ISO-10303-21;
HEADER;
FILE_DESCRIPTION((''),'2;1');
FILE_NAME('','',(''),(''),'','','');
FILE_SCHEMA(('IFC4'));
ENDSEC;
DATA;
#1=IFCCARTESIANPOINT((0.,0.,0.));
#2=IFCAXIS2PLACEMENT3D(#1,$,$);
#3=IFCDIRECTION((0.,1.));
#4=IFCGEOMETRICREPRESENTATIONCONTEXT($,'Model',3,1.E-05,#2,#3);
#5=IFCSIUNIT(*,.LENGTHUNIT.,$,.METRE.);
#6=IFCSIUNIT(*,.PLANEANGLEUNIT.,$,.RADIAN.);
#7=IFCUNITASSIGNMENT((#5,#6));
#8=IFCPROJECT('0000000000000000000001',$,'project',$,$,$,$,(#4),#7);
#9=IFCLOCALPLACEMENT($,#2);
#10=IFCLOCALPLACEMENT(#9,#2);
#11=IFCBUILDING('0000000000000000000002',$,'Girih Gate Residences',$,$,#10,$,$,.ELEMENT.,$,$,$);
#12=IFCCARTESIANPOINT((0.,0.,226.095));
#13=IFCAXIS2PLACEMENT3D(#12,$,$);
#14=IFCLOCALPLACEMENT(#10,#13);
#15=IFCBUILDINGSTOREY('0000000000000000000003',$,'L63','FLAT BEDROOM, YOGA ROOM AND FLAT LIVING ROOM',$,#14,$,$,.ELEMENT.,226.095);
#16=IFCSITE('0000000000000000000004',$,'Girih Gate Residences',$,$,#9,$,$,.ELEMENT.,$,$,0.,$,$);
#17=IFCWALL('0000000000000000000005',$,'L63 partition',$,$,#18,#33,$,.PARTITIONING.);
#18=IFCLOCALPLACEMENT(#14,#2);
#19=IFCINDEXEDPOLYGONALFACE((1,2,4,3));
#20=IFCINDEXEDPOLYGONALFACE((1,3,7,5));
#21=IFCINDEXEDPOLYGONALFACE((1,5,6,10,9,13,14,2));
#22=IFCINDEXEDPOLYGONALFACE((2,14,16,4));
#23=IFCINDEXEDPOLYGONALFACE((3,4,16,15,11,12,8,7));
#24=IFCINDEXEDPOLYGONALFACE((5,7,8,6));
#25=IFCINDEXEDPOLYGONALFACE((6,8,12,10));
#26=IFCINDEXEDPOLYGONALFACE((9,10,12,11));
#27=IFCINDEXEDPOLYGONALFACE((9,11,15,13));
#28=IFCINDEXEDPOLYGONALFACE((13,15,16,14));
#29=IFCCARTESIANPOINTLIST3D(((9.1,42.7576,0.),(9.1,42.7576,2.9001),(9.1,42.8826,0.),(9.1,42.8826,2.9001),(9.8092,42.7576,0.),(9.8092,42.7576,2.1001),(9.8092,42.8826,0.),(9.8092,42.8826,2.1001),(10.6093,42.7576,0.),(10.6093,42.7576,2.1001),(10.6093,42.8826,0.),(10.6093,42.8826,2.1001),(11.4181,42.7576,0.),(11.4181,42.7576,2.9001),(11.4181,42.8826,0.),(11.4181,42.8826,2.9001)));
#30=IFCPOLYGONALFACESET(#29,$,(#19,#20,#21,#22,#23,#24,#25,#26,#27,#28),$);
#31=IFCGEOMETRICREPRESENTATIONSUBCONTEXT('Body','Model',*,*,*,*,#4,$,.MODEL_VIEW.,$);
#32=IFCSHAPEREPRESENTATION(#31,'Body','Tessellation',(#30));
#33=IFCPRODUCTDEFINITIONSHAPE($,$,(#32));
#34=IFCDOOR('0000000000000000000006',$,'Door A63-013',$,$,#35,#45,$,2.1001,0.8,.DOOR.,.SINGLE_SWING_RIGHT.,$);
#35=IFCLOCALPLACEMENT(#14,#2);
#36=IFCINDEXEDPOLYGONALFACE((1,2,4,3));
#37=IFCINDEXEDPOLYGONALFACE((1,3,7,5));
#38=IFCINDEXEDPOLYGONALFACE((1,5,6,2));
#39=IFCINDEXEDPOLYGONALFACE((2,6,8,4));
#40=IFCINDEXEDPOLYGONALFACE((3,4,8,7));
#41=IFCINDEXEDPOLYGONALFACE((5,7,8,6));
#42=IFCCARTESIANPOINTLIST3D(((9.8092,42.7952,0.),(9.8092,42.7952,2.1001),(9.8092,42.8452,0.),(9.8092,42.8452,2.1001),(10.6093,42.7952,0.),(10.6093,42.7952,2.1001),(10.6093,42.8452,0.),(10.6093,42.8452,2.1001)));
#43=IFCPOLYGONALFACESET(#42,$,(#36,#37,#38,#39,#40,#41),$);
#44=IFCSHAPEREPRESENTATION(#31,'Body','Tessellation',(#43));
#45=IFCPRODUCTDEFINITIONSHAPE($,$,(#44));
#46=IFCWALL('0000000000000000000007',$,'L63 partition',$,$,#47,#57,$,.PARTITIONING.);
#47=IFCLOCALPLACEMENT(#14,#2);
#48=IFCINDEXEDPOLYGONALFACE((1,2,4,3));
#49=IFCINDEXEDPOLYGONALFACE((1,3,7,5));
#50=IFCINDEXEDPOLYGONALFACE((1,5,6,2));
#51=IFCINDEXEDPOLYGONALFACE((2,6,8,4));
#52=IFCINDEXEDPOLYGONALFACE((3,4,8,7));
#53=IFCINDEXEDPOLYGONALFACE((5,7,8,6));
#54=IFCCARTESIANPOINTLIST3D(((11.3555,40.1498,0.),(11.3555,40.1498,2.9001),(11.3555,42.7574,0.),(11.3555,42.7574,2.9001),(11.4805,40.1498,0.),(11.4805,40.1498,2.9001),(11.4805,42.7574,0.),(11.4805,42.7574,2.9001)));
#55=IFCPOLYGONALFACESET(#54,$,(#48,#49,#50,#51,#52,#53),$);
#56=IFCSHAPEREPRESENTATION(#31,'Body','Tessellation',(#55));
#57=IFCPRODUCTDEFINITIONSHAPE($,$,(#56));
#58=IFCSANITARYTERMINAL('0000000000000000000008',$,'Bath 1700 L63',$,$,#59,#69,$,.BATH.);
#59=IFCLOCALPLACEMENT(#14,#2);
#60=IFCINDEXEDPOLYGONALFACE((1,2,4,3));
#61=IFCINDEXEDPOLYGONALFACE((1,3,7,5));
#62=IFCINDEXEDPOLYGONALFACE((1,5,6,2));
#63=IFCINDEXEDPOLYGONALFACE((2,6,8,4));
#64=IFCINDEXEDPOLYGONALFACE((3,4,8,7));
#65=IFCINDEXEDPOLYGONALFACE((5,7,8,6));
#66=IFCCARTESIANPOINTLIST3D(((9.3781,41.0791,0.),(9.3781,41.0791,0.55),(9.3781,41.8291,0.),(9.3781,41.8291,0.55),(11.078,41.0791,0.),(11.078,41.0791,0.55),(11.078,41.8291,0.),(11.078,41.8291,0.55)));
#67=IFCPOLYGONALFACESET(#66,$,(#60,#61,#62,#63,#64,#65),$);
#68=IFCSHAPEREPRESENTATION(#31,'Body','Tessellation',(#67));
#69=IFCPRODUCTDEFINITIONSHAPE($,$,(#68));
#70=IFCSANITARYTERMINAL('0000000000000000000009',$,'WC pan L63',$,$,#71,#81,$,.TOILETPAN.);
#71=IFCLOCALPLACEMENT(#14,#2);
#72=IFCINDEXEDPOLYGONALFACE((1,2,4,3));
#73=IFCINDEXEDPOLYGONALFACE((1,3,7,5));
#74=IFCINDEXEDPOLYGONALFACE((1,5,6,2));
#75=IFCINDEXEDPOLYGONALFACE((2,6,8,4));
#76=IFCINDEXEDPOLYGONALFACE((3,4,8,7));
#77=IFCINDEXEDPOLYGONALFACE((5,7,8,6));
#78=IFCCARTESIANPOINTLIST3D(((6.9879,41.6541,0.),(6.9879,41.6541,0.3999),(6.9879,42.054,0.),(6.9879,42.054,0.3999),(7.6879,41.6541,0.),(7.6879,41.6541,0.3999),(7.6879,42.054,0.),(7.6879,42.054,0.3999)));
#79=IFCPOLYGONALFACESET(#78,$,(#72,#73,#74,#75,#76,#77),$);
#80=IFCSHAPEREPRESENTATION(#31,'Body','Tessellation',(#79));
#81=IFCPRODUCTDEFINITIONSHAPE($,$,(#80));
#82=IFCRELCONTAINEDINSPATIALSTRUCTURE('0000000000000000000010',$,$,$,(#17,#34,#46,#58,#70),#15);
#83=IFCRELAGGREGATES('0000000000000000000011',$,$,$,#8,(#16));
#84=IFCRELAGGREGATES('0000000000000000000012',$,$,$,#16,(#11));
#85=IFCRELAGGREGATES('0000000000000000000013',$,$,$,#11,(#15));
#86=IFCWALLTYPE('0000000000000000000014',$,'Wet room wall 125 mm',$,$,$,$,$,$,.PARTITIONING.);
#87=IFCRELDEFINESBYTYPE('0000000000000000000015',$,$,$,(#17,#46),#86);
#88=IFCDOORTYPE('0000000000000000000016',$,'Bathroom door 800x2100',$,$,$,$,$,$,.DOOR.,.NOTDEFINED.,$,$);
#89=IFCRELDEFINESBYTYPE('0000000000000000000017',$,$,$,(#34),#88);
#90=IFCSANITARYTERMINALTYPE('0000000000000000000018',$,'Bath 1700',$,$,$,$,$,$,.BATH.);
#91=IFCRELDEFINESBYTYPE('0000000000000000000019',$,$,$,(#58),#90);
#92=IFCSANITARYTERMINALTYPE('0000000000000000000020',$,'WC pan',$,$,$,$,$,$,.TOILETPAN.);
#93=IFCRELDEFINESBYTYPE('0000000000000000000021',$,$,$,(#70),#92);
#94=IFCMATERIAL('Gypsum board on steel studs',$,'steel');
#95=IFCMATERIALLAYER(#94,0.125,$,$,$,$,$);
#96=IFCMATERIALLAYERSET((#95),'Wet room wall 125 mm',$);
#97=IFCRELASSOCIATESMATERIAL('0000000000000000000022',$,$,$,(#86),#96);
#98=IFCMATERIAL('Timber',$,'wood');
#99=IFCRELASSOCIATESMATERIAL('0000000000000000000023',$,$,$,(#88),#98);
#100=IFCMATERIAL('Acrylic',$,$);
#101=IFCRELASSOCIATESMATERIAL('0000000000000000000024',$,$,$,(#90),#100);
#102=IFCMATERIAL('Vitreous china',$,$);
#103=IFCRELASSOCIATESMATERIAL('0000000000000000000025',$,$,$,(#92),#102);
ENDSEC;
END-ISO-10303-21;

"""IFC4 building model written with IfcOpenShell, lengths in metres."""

from ifc_helpers import new_model, si_unit, direction, frame, frame_2d, origin, origin_2d, place, context, subcontext, project, spatial, rectangle, extrude, material, layer, layer_set, type_object, element, fill, save


model = new_model("IFC4")

# Units and contexts
model_context = context("Model", 3, precision=1e-05, world=origin(), true_north=direction((0.0, 1.0)))
body_context = subcontext(model_context, "Body", "Model", "MODEL_VIEW")
ifc_project = project(units=[si_unit("LENGTHUNIT", "METRE"), si_unit("PLANEANGLEUNIT", "RADIAN")], contexts=[model_context])

# Site, building, storey
site_placement = place(None, origin())
site = spatial("IfcSite", under=ifc_project, at=site_placement, Name="Girih Gate Residences", CompositionType="ELEMENT", RefElevation=0.0)
building_placement = place(site_placement, origin())
building = spatial("IfcBuilding", under=site, at=building_placement, Name="Girih Gate Residences", CompositionType="ELEMENT")
storey_placement = place(building_placement, frame((0.0, 0.0, 226.095)))
storey = spatial("IfcBuildingStorey", under=building, at=storey_placement, Name="L63", Description="FLAT BEDROOM, YOGA ROOM AND FLAT LIVING ROOM", CompositionType="ELEMENT", Elevation=226.095)

# Shared definitions
ifc_material_1 = material(Name="Gypsum board on steel studs", Category="steel")

# Shared definitions
ifc_material_2 = material(Name="Timber", Category="wood")

# Shared definitions
ifc_layer_1 = layer(ifc_material_1, 0.125)
ifc_layer_set_1 = layer_set([ifc_layer_1], Name="Wet room wall 125 mm")
wall_type_1 = type_object("IfcWallType", Name="Wet room wall 125 mm", PredefinedType="PARTITIONING", material=ifc_layer_set_1)
door_type_1 = type_object("IfcDoorType", Name="Bathroom door 800x2100", OperationType="NOTDEFINED", PredefinedType="DOOR", material=ifc_material_2)

# Wall, opening, door
wall_1_placement = place(storey_placement, frame((11.4182, 42.8201, 0.0), z_axis=(0.0, 0.0, 1.0), x_axis=(-1.0, 0.0, 0.0)))
wall_1 = element("IfcWall", 1, at=wall_1_placement, inside=storey, type_object=wall_type_1, Name="L63 partition", PredefinedType="PARTITIONING", context=body_context, shape_type="SweptSolid", body=[
    extrude(rectangle(XDim=2.3181, YDim=0.125, at=frame_2d((1.1592, 0.0))), origin(), (0.0, 0.0, 1.0), 2.9001),
])
opening_1_placement = place(wall_1_placement, frame((0.8091, 0.0, 0.0)))
opening_1 = element("IfcOpeningElement", 2, at=opening_1_placement, cuts=wall_1, PredefinedType="OPENING", context=body_context, shape_type="SweptSolid", body=[
    extrude(rectangle(XDim=0.8, YDim=2.1001, at=frame_2d((0.3999, 1.05))), frame((0.0, 0.0725, 0.0), z_axis=(0.0, -1.0, 0.0), x_axis=(1.0, 0.0, 0.0)), (0.0, 0.0, 1.0), 0.145),
])
door_1_placement = place(opening_1_placement, origin())
door_1 = element("IfcDoor", 3, at=door_1_placement, inside=storey, type_object=door_type_1, Name="Door A63-013", OperationType="SINGLE_SWING_RIGHT", OverallHeight=2.1001, OverallWidth=0.8, PredefinedType="DOOR", context=body_context, shape_type="SweptSolid", body=[
    extrude(rectangle(XDim=0.8, YDim=2.1001, at=frame_2d((0.3999, 1.05))), frame((0.0, 0.0249, 0.0), z_axis=(0.0, -1.0, 0.0), x_axis=(1.0, 0.0, 0.0)), (0.0, 0.0, 1.0), 0.05),
])
fill(opening_1, door_1)

# Wall
wall_2_placement = place(storey_placement, frame((11.418, 40.1499, 0.0), z_axis=(0.0, 0.0, 1.0), x_axis=(0.0, 1.0, 0.0)))
element("IfcWall", 4, at=wall_2_placement, inside=storey, type_object=wall_type_1, Name="L63 partition", PredefinedType="PARTITIONING", context=body_context, shape_type="SweptSolid", body=[
    extrude(rectangle(XDim=2.6077, YDim=0.125, at=frame_2d((1.3037, 0.0))), origin(), (0.0, 0.0, 1.0), 2.9001),
])

# Sanitary terminals
ifc_material_3 = material(Name="Acrylic")
sanitary_terminal_type_1 = type_object("IfcSanitaryTerminalType", Name="Bath 1700", PredefinedType="BATH", material=ifc_material_3)
sanitary_terminal_1_placement = place(storey_placement, frame((10.228, 41.4541, 0.0), z_axis=(0.0, 0.0, 1.0), x_axis=(1.0, 0.0, 0.0)))
element("IfcSanitaryTerminal", 5, at=sanitary_terminal_1_placement, inside=storey, type_object=sanitary_terminal_type_1, Name="Bath 1700 L63", PredefinedType="BATH", context=body_context, shape_type="SweptSolid", body=[
    extrude(rectangle(XDim=1.7, YDim=0.75, at=origin_2d()), origin(), (0.0, 0.0, 1.0), 0.55),
])
ifc_material_4 = material(Name="Vitreous china")
sanitary_terminal_type_2 = type_object("IfcSanitaryTerminalType", Name="WC pan", PredefinedType="TOILETPAN", material=ifc_material_4)
sanitary_terminal_2_placement = place(storey_placement, frame((7.3379, 41.854, 0.0), z_axis=(0.0, 0.0, 1.0), x_axis=(1.0, 0.0, 0.0)))
element("IfcSanitaryTerminal", 6, at=sanitary_terminal_2_placement, inside=storey, type_object=sanitary_terminal_type_2, Name="WC pan L63", PredefinedType="TOILETPAN", context=body_context, shape_type="SweptSolid", body=[
    extrude(rectangle(XDim=0.7, YDim=0.3999, at=origin_2d()), origin(), (0.0, 0.0, 1.0), 0.3999),
])

save(model, "model.ifc")
